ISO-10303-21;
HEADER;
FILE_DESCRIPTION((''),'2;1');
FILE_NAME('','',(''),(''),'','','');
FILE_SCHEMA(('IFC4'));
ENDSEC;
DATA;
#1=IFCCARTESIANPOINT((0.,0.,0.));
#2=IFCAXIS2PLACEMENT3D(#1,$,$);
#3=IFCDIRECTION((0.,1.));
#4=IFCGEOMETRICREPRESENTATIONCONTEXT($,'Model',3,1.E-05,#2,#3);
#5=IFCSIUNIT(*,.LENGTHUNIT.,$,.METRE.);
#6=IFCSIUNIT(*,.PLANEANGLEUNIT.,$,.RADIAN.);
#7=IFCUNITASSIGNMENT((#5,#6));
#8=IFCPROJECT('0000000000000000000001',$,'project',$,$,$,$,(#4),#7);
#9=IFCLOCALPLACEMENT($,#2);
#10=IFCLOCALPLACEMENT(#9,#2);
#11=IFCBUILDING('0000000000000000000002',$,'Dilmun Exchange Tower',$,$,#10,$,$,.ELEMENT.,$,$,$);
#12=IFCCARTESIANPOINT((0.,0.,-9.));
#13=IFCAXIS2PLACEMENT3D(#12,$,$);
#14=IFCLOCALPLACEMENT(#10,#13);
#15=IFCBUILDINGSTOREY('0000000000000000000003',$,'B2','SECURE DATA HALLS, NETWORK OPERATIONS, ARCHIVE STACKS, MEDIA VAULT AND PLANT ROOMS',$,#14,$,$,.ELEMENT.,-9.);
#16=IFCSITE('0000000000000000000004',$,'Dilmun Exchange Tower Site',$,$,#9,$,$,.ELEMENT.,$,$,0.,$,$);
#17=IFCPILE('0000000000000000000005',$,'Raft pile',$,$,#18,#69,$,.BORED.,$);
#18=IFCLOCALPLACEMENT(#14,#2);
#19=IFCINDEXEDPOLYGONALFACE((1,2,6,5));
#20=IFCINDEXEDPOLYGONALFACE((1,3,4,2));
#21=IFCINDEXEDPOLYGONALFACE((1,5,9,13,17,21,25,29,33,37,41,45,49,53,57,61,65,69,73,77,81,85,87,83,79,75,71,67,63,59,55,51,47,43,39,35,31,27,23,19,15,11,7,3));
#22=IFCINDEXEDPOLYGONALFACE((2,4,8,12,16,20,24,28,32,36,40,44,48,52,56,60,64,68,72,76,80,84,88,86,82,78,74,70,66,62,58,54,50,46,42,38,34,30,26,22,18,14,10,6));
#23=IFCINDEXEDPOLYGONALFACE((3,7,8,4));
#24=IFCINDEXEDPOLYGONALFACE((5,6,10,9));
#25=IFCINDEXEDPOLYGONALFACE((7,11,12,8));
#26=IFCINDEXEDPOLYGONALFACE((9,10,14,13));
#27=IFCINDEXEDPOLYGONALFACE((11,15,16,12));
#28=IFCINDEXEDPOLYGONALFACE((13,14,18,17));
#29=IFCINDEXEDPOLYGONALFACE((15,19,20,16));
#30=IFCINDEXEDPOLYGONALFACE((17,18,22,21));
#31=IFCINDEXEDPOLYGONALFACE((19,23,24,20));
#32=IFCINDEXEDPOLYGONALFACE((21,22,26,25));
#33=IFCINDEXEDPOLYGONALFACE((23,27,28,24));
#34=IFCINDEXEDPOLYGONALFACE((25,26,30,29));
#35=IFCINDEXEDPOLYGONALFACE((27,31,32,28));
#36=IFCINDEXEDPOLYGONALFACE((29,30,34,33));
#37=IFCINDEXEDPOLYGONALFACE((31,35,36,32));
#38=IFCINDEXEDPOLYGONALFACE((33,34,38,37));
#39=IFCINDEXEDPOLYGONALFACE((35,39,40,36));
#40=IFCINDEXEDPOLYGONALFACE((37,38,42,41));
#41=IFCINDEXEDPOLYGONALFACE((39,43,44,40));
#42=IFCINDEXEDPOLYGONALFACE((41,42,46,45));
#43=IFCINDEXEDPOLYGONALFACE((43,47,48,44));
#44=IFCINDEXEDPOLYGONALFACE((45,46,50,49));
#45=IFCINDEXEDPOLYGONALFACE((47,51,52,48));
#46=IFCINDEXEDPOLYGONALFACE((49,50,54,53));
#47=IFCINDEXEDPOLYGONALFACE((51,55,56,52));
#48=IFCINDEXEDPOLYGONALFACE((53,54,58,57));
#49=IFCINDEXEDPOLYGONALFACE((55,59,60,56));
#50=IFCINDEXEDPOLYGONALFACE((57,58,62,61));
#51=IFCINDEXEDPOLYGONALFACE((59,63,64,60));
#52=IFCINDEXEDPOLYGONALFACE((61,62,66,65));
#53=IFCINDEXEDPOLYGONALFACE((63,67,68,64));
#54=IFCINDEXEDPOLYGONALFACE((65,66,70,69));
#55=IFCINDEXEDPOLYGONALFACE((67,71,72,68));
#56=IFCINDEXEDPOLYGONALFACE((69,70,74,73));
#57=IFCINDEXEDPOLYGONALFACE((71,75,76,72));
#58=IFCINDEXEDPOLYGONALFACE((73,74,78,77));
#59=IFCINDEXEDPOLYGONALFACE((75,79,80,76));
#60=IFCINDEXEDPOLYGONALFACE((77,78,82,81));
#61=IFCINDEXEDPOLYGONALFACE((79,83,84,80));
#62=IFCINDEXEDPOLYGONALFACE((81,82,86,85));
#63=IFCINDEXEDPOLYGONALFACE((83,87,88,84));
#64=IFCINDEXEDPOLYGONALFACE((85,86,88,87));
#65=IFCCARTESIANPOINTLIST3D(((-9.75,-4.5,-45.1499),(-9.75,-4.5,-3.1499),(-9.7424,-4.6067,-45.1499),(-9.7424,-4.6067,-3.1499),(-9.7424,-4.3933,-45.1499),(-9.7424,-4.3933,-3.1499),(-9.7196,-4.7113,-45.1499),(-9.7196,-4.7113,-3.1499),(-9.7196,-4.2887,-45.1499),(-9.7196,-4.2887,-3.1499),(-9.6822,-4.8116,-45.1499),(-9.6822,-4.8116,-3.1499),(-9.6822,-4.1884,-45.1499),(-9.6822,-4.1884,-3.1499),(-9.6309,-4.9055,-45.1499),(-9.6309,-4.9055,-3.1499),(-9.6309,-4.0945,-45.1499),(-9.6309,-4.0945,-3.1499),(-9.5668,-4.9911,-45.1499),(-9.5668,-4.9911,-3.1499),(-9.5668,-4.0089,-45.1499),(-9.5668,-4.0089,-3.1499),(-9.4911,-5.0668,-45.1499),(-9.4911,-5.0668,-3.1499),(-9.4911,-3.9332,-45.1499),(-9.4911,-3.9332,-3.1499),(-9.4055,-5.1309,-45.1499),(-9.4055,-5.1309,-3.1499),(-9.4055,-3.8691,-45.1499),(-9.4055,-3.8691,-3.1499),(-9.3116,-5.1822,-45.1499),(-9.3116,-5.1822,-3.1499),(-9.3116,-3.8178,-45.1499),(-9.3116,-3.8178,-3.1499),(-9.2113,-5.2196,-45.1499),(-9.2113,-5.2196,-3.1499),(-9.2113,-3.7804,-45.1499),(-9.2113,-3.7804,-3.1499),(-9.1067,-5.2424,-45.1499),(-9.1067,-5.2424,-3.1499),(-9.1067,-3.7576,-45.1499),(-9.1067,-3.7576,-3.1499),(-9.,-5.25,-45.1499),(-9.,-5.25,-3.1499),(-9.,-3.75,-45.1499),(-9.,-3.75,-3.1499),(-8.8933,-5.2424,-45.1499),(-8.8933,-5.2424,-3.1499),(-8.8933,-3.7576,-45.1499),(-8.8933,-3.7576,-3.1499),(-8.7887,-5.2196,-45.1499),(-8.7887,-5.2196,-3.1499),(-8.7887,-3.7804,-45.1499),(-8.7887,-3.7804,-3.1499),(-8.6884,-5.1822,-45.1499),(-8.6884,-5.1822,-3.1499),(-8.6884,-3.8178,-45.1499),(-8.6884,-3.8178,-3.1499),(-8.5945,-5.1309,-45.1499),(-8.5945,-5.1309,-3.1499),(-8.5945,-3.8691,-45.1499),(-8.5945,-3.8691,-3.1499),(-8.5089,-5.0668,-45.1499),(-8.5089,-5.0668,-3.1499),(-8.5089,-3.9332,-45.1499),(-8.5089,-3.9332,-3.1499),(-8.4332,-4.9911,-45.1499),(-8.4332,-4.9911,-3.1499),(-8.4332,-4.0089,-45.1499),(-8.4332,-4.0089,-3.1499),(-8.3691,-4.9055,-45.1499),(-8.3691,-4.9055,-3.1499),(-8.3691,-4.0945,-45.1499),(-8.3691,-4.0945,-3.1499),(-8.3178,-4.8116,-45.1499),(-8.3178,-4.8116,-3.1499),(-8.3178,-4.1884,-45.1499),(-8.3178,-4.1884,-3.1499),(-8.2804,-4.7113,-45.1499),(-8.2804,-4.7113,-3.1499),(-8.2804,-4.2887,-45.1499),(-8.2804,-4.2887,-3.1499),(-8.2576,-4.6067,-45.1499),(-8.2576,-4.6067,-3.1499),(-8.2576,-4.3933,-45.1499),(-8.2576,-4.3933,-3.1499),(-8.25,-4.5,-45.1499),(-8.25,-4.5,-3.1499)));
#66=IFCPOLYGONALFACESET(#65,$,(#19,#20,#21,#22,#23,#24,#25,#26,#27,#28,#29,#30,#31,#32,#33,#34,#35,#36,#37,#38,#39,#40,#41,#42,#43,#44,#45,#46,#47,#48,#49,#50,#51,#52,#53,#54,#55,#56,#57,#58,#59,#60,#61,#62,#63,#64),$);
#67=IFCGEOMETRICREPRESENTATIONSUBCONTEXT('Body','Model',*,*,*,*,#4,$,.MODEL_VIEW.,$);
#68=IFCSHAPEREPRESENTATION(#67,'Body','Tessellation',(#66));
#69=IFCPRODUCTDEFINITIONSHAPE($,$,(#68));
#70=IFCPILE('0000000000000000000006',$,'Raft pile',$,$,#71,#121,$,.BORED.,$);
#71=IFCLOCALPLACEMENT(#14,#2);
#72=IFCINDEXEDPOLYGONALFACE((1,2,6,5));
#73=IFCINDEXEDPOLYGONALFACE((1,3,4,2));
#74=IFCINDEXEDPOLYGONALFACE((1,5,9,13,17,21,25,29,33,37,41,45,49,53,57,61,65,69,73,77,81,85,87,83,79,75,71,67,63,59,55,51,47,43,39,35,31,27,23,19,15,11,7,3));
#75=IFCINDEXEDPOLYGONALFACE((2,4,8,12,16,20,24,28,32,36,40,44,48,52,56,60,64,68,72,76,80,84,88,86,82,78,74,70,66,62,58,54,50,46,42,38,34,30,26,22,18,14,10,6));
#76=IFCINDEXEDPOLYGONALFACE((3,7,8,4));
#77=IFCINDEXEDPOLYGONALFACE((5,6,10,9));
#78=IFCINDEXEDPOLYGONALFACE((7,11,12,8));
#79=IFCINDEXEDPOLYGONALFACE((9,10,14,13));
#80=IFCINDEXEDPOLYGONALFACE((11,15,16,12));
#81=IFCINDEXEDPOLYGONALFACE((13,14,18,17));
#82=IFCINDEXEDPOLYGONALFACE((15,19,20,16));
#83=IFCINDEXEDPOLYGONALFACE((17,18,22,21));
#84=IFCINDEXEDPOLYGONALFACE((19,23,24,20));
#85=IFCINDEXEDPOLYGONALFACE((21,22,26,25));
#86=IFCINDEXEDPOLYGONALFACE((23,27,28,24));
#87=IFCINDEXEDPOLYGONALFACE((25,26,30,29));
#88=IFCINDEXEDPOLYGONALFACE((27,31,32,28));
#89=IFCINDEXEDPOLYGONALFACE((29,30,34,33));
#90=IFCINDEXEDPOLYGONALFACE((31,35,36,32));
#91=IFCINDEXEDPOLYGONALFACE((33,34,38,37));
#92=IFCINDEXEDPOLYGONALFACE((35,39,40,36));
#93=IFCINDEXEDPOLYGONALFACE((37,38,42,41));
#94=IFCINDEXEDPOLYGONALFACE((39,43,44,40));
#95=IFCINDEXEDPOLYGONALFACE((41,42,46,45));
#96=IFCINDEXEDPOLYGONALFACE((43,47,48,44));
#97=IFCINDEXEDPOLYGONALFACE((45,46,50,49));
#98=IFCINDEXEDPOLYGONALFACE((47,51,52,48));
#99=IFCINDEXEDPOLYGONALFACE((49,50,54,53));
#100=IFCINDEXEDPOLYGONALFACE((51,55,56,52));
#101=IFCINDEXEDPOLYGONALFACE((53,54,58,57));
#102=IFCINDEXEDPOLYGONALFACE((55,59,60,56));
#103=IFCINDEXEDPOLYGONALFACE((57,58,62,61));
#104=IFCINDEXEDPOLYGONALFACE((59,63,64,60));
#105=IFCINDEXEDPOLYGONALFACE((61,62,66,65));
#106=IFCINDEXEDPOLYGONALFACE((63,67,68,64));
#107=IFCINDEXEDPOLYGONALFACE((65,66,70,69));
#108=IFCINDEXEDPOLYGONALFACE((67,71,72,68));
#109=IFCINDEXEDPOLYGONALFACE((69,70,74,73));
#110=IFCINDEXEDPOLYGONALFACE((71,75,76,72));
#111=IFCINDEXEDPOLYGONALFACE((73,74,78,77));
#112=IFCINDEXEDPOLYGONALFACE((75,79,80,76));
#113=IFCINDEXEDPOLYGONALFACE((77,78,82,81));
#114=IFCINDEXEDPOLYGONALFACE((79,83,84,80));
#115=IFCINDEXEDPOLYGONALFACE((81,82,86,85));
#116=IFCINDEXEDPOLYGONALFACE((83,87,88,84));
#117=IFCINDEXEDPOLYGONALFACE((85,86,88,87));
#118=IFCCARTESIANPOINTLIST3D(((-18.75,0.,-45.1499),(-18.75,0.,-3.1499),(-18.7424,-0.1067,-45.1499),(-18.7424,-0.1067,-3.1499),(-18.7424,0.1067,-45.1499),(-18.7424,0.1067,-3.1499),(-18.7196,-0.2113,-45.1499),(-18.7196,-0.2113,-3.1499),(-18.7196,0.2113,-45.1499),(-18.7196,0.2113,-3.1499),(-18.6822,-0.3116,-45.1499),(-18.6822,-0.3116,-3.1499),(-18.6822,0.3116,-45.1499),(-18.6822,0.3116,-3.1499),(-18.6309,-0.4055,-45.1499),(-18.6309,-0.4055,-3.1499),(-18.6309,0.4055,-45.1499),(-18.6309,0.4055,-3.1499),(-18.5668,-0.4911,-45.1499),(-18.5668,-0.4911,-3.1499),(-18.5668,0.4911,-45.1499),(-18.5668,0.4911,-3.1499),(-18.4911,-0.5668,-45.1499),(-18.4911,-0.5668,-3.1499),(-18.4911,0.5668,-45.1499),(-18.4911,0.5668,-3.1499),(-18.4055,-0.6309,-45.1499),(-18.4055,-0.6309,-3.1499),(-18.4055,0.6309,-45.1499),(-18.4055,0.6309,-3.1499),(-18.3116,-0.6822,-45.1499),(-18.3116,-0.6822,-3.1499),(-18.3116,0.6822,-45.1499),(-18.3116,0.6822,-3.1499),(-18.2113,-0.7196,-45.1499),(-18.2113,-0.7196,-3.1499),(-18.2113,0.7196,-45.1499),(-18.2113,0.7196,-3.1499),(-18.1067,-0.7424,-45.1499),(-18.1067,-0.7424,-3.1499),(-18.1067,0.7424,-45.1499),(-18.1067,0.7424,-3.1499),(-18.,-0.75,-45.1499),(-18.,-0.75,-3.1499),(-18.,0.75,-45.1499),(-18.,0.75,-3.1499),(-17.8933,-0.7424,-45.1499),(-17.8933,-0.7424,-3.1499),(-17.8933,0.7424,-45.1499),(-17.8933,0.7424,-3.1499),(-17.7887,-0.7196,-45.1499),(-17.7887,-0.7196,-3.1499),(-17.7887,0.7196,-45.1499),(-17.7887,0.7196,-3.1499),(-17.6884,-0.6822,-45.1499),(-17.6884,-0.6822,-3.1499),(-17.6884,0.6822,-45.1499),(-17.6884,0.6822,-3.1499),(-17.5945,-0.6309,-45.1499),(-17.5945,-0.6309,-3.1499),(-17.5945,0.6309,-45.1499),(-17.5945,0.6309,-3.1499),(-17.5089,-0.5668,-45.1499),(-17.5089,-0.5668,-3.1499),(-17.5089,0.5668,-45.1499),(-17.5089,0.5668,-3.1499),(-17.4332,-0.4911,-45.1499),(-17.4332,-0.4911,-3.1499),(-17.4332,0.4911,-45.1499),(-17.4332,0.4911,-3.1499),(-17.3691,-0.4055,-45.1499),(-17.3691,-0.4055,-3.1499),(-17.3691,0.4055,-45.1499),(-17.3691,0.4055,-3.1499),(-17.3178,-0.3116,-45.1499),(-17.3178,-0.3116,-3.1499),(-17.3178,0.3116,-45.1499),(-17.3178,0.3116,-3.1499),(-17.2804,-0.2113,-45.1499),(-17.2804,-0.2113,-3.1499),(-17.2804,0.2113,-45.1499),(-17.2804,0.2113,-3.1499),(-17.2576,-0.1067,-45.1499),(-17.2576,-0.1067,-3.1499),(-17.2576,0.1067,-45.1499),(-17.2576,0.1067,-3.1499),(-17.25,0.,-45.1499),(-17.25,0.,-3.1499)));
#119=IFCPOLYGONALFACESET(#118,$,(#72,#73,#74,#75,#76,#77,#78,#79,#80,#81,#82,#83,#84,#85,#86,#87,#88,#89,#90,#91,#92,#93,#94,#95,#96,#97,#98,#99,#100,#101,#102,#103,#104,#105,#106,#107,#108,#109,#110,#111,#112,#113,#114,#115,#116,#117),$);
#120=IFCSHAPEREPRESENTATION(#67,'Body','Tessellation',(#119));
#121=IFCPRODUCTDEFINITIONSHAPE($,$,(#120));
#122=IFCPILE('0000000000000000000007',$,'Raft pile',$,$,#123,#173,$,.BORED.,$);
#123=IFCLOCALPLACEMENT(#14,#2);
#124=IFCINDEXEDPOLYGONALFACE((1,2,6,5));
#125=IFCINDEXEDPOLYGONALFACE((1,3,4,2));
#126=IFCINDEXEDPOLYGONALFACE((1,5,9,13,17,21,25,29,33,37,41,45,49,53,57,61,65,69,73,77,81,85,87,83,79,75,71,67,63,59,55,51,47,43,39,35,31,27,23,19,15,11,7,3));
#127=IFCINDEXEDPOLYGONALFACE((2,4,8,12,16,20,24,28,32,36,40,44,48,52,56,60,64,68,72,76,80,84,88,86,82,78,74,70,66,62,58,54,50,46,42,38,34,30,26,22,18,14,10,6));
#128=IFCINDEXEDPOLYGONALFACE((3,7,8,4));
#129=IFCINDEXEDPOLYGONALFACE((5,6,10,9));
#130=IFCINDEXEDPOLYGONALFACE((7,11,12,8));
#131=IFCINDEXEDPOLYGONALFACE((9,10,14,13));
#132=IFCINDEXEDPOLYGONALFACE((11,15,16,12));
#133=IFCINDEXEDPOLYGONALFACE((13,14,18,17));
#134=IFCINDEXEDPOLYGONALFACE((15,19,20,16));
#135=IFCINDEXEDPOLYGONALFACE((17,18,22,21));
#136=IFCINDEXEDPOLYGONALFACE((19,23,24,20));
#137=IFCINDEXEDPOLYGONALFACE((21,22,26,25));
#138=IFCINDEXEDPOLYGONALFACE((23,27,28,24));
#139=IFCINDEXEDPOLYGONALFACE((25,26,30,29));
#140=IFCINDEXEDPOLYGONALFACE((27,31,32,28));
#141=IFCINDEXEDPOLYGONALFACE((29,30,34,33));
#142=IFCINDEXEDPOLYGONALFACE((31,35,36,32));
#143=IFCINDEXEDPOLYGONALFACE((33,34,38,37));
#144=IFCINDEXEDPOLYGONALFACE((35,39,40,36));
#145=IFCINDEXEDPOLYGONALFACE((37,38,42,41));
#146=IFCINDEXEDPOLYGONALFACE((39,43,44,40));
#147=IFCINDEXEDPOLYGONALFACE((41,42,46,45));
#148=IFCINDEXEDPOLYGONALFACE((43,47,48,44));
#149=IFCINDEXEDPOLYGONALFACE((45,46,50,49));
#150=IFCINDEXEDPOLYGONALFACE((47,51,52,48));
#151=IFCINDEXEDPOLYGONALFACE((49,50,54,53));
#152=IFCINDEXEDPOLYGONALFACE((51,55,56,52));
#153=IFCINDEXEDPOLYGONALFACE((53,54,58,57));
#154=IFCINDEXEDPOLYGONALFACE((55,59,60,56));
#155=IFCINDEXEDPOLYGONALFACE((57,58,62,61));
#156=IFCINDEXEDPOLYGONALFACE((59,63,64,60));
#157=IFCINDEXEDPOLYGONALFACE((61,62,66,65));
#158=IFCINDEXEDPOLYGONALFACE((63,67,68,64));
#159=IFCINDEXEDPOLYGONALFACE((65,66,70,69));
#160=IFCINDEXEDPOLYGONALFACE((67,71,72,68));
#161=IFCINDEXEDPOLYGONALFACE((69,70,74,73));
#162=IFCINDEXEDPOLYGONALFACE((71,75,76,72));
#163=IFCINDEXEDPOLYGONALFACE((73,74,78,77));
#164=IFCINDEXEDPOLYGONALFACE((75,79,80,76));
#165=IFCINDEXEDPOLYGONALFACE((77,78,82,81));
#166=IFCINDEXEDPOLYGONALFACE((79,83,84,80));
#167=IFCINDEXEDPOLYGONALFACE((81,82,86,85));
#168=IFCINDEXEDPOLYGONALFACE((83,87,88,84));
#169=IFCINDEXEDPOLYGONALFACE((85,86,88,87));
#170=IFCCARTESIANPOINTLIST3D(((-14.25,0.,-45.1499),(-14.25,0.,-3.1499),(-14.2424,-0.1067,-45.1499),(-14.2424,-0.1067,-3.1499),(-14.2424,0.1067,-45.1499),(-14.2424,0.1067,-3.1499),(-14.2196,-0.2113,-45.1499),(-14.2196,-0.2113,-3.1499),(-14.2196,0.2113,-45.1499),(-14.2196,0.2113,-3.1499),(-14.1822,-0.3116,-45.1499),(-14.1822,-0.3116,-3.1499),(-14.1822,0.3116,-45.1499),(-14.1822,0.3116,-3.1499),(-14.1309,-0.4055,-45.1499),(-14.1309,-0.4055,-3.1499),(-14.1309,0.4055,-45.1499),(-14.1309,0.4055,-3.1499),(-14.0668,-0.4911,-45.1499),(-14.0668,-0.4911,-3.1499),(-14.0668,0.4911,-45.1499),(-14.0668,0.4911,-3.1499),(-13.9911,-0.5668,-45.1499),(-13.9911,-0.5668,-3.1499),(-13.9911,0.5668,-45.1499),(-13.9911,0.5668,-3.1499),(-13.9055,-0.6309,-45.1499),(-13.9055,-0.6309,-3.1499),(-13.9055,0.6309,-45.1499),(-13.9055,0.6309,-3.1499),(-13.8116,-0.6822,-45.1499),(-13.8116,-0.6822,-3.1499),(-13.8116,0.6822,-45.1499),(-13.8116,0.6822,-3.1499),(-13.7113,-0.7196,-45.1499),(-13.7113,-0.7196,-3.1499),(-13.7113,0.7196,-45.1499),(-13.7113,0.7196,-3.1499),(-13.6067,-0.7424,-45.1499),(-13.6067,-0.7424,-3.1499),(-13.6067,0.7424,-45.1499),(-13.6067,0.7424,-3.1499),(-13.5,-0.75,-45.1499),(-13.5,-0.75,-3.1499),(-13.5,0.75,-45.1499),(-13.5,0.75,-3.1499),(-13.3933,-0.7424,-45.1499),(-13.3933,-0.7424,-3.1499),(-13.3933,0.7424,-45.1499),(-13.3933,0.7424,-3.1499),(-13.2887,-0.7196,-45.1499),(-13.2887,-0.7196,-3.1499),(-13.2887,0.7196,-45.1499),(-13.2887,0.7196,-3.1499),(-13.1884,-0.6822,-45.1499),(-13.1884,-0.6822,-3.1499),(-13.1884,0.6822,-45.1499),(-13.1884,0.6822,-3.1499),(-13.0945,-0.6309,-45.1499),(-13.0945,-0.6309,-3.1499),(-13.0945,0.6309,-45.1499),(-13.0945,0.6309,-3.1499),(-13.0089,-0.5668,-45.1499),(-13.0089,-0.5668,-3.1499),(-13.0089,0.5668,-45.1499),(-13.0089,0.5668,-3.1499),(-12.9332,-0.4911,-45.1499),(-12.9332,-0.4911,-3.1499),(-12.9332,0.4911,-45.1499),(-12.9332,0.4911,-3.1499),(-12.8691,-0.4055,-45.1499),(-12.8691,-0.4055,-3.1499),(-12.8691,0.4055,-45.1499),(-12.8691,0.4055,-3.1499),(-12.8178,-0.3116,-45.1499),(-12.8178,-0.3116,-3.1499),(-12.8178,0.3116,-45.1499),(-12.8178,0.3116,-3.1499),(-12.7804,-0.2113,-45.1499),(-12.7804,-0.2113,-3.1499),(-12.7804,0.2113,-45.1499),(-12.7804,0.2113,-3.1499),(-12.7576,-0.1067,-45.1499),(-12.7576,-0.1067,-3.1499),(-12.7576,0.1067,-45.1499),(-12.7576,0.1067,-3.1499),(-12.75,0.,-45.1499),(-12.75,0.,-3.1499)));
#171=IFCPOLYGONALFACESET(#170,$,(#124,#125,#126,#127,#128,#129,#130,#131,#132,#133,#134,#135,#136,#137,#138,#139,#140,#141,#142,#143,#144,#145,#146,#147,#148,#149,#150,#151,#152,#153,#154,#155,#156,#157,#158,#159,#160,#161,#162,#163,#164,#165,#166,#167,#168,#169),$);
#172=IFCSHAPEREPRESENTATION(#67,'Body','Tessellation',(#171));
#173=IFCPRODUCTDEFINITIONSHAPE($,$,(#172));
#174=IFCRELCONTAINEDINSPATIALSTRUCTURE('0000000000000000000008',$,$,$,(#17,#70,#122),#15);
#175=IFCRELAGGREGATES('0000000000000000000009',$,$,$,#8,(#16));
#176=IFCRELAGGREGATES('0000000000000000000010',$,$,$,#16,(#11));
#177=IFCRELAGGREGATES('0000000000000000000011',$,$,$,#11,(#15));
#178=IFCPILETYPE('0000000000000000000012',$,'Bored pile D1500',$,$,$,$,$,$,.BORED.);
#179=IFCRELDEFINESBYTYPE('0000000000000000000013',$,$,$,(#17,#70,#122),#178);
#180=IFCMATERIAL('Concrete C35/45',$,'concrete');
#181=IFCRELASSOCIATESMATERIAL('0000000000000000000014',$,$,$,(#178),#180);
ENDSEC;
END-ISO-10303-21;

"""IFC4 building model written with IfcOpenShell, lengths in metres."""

from ifc_helpers import new_model, si_unit, direction, frame, origin, origin_2d, place, context, subcontext, project, spatial, circle, extrude, material, material_profile, profile_set, type_object, element, save


model = new_model("IFC4")

# Units and contexts
model_context = context("Model", 3, precision=1e-05, world=origin(), true_north=direction((0.0, 1.0)))
body_context = subcontext(model_context, "Body", "Model", "MODEL_VIEW")
ifc_project = project(units=[si_unit("LENGTHUNIT", "METRE"), si_unit("PLANEANGLEUNIT", "RADIAN")], contexts=[model_context])

# Site, building, storey
site_placement = place(None, origin())
site = spatial("IfcSite", under=ifc_project, at=site_placement, Name="Dilmun Exchange Tower Site", CompositionType="ELEMENT", RefElevation=0.0)
building_placement = place(site_placement, origin())
building = spatial("IfcBuilding", under=site, at=building_placement, Name="Dilmun Exchange Tower", CompositionType="ELEMENT")
storey_placement = place(building_placement, frame((0.0, 0.0, -9.0)))
storey = spatial("IfcBuildingStorey", under=building, at=storey_placement, Name="B2", Description="SECURE DATA HALLS, NETWORK OPERATIONS, ARCHIVE STACKS, MEDIA VAULT AND PLANT ROOMS", CompositionType="ELEMENT", Elevation=-9.0)

# Piles
ifc_material_1 = material(Name="Concrete C35/45", Category="concrete")
ifc_material_profile_1 = material_profile(ifc_material_1, circle(Radius=0.75, at=origin_2d()), Name="D1500")
ifc_profile_set_1 = profile_set([ifc_material_profile_1], Name="Concrete C35/45")
pile_type = type_object("IfcPileType", Name="Bored pile D1500", PredefinedType="BORED", material=ifc_profile_set_1)
for number, where, z_axis, x_axis, name in (
    (1, (-9.0, -4.5, -3.1499), (0.0, 0.0, -1.0), (1.0, 0.0, 0.0), "Raft pile"),
    (2, (-18.0, 0.0, -3.1499), (0.0, 0.0, -1.0), (1.0, 0.0, 0.0), "Raft pile"),
    (3, (-13.5, 0.0, -3.1499), (0.0, 0.0, -1.0), (1.0, 0.0, 0.0), "Raft pile"),
):
    element("IfcPile", number, at=place(storey_placement, frame(where, z_axis=z_axis, x_axis=x_axis)), inside=storey, type_object=pile_type, Name=name, PredefinedType="BORED", context=body_context, shape_type="SweptSolid", body=[
        extrude(circle(Radius=0.75, at=origin_2d()), origin(), (0.0, 0.0, 1.0), 42.0),
    ])

save(model, "model.ifc")
